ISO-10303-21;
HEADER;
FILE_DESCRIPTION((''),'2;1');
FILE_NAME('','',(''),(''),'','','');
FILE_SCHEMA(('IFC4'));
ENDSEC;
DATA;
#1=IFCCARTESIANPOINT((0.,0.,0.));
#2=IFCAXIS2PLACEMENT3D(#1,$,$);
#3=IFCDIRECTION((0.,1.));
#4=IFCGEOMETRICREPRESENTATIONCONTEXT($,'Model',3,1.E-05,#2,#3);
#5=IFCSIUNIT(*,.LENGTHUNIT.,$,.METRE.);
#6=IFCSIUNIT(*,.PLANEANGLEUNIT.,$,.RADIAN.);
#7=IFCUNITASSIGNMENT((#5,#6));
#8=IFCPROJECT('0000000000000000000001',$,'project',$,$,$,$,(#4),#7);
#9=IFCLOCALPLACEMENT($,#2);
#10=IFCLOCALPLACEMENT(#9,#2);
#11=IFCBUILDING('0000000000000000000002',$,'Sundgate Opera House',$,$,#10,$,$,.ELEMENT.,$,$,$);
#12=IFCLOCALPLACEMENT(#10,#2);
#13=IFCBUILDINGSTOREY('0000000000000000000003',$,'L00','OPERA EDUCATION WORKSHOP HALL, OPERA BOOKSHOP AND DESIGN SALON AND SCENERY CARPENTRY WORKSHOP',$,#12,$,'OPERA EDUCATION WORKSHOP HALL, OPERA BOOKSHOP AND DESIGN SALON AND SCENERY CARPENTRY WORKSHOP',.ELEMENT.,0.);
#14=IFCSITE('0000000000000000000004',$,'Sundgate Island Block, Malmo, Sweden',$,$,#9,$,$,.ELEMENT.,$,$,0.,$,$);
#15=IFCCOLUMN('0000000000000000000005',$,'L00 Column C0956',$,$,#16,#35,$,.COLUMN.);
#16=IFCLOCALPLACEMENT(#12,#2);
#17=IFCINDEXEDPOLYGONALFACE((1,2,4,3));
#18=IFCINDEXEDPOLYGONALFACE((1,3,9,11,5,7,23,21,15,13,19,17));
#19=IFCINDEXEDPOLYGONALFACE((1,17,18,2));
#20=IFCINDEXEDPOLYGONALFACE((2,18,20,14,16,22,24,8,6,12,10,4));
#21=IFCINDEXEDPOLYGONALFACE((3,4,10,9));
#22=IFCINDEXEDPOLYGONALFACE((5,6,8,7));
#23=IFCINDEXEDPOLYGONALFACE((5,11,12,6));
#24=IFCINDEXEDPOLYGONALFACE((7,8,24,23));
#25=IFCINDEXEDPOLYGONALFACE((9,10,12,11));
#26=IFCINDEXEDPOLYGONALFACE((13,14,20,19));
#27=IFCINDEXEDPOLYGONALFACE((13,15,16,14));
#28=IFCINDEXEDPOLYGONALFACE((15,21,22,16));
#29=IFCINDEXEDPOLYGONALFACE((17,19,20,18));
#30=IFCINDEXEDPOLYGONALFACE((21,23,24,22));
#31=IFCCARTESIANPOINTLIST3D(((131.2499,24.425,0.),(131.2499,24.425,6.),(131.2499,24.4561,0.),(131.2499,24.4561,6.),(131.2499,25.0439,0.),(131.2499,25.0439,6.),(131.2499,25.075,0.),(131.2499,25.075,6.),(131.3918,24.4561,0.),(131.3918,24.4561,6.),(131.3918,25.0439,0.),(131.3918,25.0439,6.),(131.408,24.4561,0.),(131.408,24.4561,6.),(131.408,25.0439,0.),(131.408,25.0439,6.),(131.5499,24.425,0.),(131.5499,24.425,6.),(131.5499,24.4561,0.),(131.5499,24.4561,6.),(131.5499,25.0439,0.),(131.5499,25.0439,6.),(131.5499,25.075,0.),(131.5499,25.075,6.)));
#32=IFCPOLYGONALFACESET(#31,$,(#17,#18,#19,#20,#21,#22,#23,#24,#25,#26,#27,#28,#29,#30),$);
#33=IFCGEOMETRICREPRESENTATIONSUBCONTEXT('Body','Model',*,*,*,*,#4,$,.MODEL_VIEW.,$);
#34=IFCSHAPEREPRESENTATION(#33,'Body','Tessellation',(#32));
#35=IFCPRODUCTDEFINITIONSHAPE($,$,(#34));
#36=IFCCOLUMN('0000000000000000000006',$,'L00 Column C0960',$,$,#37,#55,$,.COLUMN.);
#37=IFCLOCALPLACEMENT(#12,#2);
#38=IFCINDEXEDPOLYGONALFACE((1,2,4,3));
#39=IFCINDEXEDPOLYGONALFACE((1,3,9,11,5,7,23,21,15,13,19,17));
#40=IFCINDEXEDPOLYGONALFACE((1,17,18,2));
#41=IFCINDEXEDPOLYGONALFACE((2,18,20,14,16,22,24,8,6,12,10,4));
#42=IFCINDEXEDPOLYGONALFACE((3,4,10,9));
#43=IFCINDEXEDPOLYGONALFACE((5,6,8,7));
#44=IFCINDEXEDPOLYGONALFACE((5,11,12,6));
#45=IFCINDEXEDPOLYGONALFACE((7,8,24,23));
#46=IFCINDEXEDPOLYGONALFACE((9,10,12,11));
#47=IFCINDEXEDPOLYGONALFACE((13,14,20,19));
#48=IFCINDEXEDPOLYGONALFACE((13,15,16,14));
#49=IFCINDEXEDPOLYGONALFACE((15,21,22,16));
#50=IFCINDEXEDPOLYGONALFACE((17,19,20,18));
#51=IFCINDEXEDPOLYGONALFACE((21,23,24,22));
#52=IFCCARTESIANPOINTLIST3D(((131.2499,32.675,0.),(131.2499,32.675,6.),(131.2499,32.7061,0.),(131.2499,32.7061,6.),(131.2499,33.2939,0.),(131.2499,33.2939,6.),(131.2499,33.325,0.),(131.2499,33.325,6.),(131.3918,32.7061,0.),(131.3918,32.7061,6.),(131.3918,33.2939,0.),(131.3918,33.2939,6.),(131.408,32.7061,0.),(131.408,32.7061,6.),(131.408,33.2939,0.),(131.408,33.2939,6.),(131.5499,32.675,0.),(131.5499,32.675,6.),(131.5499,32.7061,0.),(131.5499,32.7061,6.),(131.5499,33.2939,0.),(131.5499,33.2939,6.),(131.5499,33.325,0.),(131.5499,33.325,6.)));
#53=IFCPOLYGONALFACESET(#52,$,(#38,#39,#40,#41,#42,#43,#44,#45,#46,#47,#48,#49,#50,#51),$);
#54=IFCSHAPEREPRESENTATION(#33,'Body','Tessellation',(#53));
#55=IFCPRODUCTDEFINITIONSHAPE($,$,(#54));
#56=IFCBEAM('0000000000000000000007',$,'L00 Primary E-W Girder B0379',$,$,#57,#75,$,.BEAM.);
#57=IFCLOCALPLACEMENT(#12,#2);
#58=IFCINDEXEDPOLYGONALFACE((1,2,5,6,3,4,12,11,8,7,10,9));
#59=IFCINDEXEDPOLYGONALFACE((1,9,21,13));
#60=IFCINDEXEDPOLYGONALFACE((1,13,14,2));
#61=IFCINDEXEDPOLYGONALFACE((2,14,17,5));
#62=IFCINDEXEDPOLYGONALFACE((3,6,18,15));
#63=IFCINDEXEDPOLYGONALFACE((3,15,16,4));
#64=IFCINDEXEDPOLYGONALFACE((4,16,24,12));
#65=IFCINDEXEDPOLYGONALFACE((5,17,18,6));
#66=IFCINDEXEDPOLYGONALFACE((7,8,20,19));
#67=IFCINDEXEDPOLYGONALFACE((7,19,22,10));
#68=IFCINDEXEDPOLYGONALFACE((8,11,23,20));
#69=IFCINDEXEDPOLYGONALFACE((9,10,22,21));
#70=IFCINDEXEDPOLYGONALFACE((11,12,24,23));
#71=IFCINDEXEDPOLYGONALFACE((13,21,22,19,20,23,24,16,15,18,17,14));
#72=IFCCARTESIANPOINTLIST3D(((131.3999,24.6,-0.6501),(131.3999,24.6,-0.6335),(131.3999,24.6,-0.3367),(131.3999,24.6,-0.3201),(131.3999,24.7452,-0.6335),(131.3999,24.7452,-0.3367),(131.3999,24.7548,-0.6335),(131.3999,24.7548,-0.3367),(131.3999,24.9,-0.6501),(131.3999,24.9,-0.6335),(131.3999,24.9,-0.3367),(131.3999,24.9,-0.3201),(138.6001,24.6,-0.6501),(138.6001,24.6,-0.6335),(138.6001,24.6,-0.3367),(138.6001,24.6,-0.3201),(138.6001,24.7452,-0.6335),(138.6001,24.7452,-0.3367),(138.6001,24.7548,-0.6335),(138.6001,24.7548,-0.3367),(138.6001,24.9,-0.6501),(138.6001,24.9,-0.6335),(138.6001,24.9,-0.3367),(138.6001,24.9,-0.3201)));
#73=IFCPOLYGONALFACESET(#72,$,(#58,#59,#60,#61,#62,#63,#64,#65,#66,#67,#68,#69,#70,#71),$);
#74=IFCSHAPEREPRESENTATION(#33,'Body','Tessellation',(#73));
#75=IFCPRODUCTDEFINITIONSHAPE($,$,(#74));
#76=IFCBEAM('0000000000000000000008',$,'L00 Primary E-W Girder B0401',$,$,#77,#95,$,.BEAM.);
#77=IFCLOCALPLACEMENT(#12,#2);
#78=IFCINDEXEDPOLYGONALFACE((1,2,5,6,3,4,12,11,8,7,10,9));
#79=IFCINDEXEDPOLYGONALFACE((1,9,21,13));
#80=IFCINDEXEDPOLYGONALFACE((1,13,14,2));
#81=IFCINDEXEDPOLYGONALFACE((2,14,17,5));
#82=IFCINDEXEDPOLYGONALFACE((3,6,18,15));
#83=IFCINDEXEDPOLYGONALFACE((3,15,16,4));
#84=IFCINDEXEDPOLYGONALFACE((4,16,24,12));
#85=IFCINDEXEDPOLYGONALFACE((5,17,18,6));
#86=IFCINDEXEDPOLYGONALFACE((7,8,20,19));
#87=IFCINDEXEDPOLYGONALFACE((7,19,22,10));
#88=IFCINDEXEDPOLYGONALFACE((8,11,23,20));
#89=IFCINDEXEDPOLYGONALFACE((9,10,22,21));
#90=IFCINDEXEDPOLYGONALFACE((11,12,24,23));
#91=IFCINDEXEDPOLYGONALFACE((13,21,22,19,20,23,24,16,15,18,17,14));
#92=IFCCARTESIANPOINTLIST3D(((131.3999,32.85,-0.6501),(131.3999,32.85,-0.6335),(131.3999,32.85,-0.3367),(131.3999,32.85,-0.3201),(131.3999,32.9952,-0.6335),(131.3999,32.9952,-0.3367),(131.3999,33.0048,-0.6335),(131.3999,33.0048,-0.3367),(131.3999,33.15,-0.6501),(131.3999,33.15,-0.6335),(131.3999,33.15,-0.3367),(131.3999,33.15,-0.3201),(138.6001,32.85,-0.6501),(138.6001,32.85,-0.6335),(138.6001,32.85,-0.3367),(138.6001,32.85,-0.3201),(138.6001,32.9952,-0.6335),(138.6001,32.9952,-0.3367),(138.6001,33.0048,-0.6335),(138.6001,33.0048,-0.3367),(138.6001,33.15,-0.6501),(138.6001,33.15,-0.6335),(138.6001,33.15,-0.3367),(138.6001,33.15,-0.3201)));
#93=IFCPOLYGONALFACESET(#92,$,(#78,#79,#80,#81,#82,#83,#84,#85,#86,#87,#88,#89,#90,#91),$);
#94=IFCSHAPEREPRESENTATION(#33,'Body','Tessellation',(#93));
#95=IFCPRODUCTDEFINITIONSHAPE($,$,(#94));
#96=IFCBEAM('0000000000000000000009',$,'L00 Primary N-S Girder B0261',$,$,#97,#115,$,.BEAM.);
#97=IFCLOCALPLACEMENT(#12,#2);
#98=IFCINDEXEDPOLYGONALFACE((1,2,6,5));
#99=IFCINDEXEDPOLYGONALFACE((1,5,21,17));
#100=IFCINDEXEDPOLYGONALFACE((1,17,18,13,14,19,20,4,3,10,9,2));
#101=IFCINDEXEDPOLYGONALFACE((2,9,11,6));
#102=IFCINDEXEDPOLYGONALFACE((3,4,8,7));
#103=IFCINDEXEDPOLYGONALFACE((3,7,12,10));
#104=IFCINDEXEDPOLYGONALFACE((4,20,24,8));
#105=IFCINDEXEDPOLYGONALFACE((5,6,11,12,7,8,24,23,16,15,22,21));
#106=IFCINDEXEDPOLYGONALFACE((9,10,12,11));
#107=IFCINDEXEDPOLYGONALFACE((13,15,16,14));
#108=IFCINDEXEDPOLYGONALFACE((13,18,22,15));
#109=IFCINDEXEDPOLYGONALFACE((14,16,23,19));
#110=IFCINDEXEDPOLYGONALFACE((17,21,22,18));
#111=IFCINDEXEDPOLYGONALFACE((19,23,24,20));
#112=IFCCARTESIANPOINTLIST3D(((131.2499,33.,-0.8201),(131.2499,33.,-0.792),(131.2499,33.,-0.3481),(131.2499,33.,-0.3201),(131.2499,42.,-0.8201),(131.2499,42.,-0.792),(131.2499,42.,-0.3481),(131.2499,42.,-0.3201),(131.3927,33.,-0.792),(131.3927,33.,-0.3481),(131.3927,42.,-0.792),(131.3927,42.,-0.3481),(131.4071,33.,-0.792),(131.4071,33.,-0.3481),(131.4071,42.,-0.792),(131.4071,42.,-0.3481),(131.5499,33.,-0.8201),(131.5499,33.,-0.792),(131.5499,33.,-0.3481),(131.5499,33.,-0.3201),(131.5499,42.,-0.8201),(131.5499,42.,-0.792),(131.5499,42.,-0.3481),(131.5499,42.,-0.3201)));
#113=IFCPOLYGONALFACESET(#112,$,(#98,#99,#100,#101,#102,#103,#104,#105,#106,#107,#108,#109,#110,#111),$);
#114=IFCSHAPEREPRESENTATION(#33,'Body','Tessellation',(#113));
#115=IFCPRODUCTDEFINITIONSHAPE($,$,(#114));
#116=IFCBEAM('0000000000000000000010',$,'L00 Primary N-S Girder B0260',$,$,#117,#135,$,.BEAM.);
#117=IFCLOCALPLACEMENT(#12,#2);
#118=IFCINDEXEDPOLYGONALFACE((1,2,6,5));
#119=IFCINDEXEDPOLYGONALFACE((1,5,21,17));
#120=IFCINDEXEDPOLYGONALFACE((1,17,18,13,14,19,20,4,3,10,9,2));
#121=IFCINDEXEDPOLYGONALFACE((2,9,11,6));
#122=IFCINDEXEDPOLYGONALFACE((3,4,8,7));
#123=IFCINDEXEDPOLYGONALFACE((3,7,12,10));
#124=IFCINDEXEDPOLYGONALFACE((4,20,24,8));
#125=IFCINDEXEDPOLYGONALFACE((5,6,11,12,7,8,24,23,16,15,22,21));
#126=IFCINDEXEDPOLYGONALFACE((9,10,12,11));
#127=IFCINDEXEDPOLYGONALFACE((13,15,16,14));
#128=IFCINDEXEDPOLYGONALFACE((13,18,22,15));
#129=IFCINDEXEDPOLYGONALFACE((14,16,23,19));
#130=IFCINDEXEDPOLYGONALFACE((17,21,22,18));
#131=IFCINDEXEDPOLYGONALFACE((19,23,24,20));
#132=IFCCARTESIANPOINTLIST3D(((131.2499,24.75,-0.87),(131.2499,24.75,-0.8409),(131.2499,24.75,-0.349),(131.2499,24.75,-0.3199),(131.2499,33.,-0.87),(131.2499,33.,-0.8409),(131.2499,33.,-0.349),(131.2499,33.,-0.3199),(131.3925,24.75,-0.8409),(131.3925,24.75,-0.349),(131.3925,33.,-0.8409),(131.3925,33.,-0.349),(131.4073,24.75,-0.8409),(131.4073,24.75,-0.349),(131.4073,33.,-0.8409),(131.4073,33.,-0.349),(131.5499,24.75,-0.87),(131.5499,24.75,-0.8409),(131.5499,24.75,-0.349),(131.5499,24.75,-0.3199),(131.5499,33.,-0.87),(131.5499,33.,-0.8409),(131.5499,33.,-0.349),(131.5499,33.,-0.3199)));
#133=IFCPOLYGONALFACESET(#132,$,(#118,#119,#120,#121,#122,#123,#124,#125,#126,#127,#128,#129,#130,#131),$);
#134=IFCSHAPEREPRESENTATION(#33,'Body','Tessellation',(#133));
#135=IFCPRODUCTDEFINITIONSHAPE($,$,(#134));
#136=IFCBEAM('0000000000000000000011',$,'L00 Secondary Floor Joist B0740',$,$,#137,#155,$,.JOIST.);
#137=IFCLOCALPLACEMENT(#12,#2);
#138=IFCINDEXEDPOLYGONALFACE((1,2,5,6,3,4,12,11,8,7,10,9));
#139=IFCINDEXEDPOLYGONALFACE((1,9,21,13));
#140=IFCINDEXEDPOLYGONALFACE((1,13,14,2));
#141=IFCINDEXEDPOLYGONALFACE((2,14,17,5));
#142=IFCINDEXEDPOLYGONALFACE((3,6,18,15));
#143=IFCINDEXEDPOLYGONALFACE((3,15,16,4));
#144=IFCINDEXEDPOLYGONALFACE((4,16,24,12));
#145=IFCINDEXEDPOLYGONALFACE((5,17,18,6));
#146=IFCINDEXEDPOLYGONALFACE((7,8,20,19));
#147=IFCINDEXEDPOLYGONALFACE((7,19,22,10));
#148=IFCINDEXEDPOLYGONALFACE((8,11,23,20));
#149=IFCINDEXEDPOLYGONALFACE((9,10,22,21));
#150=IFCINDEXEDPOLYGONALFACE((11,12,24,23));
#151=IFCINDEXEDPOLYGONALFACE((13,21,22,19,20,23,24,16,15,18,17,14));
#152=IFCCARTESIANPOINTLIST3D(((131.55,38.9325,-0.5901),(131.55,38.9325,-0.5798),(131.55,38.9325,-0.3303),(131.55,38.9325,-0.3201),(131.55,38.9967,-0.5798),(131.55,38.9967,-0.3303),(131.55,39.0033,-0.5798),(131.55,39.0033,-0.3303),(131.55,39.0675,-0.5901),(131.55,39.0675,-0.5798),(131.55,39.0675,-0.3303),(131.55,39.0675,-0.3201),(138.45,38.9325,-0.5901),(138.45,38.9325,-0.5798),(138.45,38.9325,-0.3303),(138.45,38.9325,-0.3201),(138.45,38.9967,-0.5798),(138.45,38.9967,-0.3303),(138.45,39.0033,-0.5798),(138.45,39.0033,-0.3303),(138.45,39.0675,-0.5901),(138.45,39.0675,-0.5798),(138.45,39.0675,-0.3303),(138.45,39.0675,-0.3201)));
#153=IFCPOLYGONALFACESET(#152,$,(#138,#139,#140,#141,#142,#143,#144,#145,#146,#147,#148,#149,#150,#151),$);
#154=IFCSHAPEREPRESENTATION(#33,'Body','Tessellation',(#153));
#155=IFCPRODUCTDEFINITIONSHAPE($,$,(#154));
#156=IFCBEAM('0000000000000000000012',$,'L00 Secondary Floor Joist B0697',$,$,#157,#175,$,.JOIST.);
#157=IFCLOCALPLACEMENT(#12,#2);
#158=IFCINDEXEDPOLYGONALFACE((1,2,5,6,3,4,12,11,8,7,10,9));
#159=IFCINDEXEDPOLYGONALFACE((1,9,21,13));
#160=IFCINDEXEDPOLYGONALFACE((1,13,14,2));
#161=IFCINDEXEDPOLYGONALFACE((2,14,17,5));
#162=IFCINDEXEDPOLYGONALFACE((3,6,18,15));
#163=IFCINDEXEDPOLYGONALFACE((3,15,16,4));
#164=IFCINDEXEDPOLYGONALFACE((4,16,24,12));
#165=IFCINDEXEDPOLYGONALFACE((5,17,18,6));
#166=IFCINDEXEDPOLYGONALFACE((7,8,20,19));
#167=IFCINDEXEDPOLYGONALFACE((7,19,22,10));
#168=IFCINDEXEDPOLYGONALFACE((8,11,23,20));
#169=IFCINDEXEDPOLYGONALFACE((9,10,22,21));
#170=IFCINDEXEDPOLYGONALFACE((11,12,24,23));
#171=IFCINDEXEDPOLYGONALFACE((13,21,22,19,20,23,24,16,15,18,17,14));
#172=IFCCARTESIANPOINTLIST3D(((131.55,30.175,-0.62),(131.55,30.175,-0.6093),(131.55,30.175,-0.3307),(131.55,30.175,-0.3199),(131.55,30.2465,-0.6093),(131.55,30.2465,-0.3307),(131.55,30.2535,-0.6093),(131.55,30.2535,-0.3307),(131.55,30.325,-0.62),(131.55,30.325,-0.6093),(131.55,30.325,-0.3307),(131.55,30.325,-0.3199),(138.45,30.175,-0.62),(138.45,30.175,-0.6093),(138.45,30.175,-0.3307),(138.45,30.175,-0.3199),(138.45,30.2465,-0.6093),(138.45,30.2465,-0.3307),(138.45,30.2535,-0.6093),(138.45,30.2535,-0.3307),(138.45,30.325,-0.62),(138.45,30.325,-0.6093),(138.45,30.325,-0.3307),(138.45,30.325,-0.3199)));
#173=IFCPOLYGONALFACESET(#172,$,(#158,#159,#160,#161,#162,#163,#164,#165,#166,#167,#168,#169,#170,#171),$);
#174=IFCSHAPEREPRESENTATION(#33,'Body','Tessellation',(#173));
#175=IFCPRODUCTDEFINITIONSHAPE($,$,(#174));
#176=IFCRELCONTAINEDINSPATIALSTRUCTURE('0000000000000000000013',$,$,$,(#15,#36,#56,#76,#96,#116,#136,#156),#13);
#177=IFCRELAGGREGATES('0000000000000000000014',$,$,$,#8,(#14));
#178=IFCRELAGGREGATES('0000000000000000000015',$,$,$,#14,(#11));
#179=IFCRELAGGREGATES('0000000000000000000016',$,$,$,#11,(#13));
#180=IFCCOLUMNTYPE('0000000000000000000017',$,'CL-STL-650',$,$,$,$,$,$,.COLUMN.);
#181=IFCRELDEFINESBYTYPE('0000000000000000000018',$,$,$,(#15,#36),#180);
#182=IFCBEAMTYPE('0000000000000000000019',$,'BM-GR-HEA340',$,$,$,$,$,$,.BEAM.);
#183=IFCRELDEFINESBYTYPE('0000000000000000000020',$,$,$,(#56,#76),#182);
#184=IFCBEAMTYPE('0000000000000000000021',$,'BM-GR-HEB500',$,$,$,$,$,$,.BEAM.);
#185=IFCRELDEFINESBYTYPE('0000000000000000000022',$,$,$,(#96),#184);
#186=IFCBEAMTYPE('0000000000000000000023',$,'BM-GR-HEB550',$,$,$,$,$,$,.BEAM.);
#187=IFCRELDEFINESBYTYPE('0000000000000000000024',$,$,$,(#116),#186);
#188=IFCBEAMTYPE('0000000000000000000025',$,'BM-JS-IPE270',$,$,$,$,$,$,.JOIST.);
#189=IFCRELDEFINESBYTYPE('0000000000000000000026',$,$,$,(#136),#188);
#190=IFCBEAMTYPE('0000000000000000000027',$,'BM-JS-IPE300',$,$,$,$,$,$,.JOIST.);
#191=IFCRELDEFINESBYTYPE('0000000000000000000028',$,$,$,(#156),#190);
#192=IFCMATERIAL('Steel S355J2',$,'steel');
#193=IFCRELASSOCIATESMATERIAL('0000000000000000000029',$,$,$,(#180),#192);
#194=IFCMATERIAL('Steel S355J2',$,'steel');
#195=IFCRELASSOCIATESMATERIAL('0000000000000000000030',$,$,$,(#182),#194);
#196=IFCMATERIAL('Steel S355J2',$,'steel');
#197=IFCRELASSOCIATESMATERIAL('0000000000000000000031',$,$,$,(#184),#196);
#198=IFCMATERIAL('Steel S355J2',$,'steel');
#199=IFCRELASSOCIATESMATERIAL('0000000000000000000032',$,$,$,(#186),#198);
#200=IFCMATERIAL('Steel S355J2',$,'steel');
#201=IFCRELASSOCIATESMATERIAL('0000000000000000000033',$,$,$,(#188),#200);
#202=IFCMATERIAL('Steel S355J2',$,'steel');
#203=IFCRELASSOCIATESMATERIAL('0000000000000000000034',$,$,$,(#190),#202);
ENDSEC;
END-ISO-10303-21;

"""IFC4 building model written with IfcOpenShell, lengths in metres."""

from ifc_helpers import new_model, si_unit, direction, frame, origin, origin_2d, place, context, subcontext, project, spatial, i_section, extrude, material, material_profile, profile_set, type_object, element, save


model = new_model("IFC4")

# Units and contexts
model_context = context("Model", 3, precision=1e-05, world=origin(), true_north=direction((0.0, 1.0)))
body_context = subcontext(model_context, "Body", "Model", "MODEL_VIEW")
ifc_project = project(units=[si_unit("LENGTHUNIT", "METRE"), si_unit("PLANEANGLEUNIT", "RADIAN")], contexts=[model_context])

# Site, building, storey
site_placement = place(None, origin())
site = spatial("IfcSite", under=ifc_project, at=site_placement, Name="Sundgate Island Block, Malmo, Sweden", CompositionType="ELEMENT", RefElevation=0.0)
building_placement = place(site_placement, origin())
building = spatial("IfcBuilding", under=site, at=building_placement, Name="Sundgate Opera House", CompositionType="ELEMENT")
storey_placement = place(building_placement, origin())
storey = spatial("IfcBuildingStorey", under=building, at=storey_placement, Name="L00", Description="OPERA EDUCATION WORKSHOP HALL, OPERA BOOKSHOP AND DESIGN SALON AND SCENERY CARPENTRY WORKSHOP", LongName="OPERA EDUCATION WORKSHOP HALL, OPERA BOOKSHOP AND DESIGN SALON AND SCENERY CARPENTRY WORKSHOP", CompositionType="ELEMENT", Elevation=0.0)

# Columns
ifc_material_1 = material(Name="Steel S355J2", Category="steel")
ifc_material_profile_1 = material_profile(ifc_material_1, i_section(OverallWidth=0.3, OverallDepth=0.6499, WebThickness=0.0161, FlangeThickness=0.031, at=origin_2d()), Name="HEB 650")
ifc_profile_set_1 = profile_set([ifc_material_profile_1], Name="Steel S355J2")
column_type = type_object("IfcColumnType", Name="CL-STL-650", PredefinedType="COLUMN", material=ifc_profile_set_1)
for number, where, z_axis, x_axis, name in (
    (1, (131.3999, 24.75, 0.0), (0.0, 0.0, 1.0), (1.0, 0.0, 0.0), "L00 Column C0956"),
    (2, (131.3999, 33.0, 0.0), (0.0, 0.0, 1.0), (1.0, 0.0, 0.0), "L00 Column C0960"),
):
    element("IfcColumn", number, at=place(storey_placement, frame(where, z_axis=z_axis, x_axis=x_axis)), inside=storey, type_object=column_type, Name=name, PredefinedType="COLUMN", context=body_context, shape_type="SweptSolid", body=[
        extrude(i_section(OverallWidth=0.3, OverallDepth=0.6499, WebThickness=0.0161, FlangeThickness=0.031, at=origin_2d()), origin(), (0.0, 0.0, 1.0), 6.0),
    ])

# Beams
ifc_material_2 = material(Name="Steel S355J2", Category="steel")
ifc_material_profile_2 = material_profile(ifc_material_2, i_section(OverallWidth=0.3, OverallDepth=0.3301, WebThickness=0.0095, FlangeThickness=0.0166, at=origin_2d()), Name="HEA 340")
ifc_profile_set_2 = profile_set([ifc_material_profile_2], Name="Steel S355J2")
beam_type_1 = type_object("IfcBeamType", Name="BM-GR-HEA340", PredefinedType="BEAM", material=ifc_profile_set_2)
for number, where, z_axis, x_axis, name in (
    (3, (131.3999, 24.75, -0.4851), (1.0, 0.0, 0.0), (0.0, 1.0, 0.0), "L00 Primary E-W Girder B0379"),
    (4, (131.3999, 33.0, -0.4851), (1.0, 0.0, 0.0), (0.0, 1.0, 0.0), "L00 Primary E-W Girder B0401"),
):
    element("IfcBeam", number, at=place(storey_placement, frame(where, z_axis=z_axis, x_axis=x_axis)), inside=storey, type_object=beam_type_1, Name=name, PredefinedType="BEAM", context=body_context, shape_type="SweptSolid", body=[
        extrude(i_section(OverallWidth=0.3, OverallDepth=0.3301, WebThickness=0.0095, FlangeThickness=0.0166, at=origin_2d()), origin(), (0.0, 0.0, 1.0), 7.2002),
    ])
ifc_material_3 = material(Name="Steel S355J2", Category="steel")
ifc_material_profile_3 = material_profile(ifc_material_3, i_section(OverallWidth=0.3, OverallDepth=0.5, WebThickness=0.0144, FlangeThickness=0.0281, at=origin_2d()), Name="HEB 500")
ifc_profile_set_3 = profile_set([ifc_material_profile_3], Name="Steel S355J2")
beam_type_2 = type_object("IfcBeamType", Name="BM-GR-HEB500", PredefinedType="BEAM", material=ifc_profile_set_3)
beam_1_placement = place(storey_placement, frame((131.3999, 33.0, -0.5701), z_axis=(0.0, 1.0, 0.0), x_axis=(-1.0, 0.0, 0.0)))
element("IfcBeam", 5, at=beam_1_placement, inside=storey, type_object=beam_type_2, Name="L00 Primary N-S Girder B0261", PredefinedType="BEAM", context=body_context, shape_type="SweptSolid", body=[
    extrude(i_section(OverallWidth=0.3, OverallDepth=0.5, WebThickness=0.0144, FlangeThickness=0.0281, at=origin_2d()), origin(), (0.0, 0.0, 1.0), 9.0),
])
ifc_material_4 = material(Name="Steel S355J2", Category="steel")
ifc_material_profile_4 = material_profile(ifc_material_4, i_section(OverallWidth=0.3, OverallDepth=0.55, WebThickness=0.0149, FlangeThickness=0.0291, at=origin_2d()), Name="HEB 550")
ifc_profile_set_4 = profile_set([ifc_material_profile_4], Name="Steel S355J2")
beam_type_3 = type_object("IfcBeamType", Name="BM-GR-HEB550", PredefinedType="BEAM", material=ifc_profile_set_4)
beam_2_placement = place(storey_placement, frame((131.3999, 24.75, -0.595), z_axis=(0.0, 1.0, 0.0), x_axis=(-1.0, 0.0, 0.0)))
element("IfcBeam", 6, at=beam_2_placement, inside=storey, type_object=beam_type_3, Name="L00 Primary N-S Girder B0260", PredefinedType="BEAM", context=body_context, shape_type="SweptSolid", body=[
    extrude(i_section(OverallWidth=0.3, OverallDepth=0.55, WebThickness=0.0149, FlangeThickness=0.0291, at=origin_2d()), origin(), (0.0, 0.0, 1.0), 8.25),
])
ifc_material_5 = material(Name="Steel S355J2", Category="steel")
ifc_material_profile_5 = material_profile(ifc_material_5, i_section(OverallWidth=0.135, OverallDepth=0.27, WebThickness=0.0066, FlangeThickness=0.0103, at=origin_2d()), Name="IPE 270")
ifc_profile_set_5 = profile_set([ifc_material_profile_5], Name="Steel S355J2")
beam_type_4 = type_object("IfcBeamType", Name="BM-JS-IPE270", PredefinedType="JOIST", material=ifc_profile_set_5)
beam_3_placement = place(storey_placement, frame((131.55, 39.0, -0.4551), z_axis=(1.0, 0.0, 0.0), x_axis=(0.0, 1.0, 0.0)))
element("IfcBeam", 7, at=beam_3_placement, inside=storey, type_object=beam_type_4, Name="L00 Secondary Floor Joist B0740", PredefinedType="JOIST", context=body_context, shape_type="SweptSolid", body=[
    extrude(i_section(OverallWidth=0.135, OverallDepth=0.27, WebThickness=0.0066, FlangeThickness=0.0103, at=origin_2d()), origin(), (0.0, 0.0, 1.0), 6.8999),
])
ifc_material_6 = material(Name="Steel S355J2", Category="steel")
ifc_material_profile_6 = material_profile(ifc_material_6, i_section(OverallWidth=0.1499, OverallDepth=0.3, WebThickness=0.0071, FlangeThickness=0.0107, at=origin_2d()), Name="IPE 300")
ifc_profile_set_6 = profile_set([ifc_material_profile_6], Name="Steel S355J2")
beam_type_5 = type_object("IfcBeamType", Name="BM-JS-IPE300", PredefinedType="JOIST", material=ifc_profile_set_6)
for number, where, z_axis, x_axis, name in (
    (8, (131.55, 30.25, -0.47), (1.0, 0.0, 0.0), (0.0, 1.0, 0.0), "L00 Secondary Floor Joist B0697"),
):
    element("IfcBeam", number, at=place(storey_placement, frame(where, z_axis=z_axis, x_axis=x_axis)), inside=storey, type_object=beam_type_5, Name=name, PredefinedType="JOIST", context=body_context, shape_type="SweptSolid", body=[
        extrude(i_section(OverallWidth=0.1499, OverallDepth=0.3, WebThickness=0.0071, FlangeThickness=0.0107, at=origin_2d()), origin(), (0.0, 0.0, 1.0), 6.8999),
    ])

save(model, "model.ifc")
